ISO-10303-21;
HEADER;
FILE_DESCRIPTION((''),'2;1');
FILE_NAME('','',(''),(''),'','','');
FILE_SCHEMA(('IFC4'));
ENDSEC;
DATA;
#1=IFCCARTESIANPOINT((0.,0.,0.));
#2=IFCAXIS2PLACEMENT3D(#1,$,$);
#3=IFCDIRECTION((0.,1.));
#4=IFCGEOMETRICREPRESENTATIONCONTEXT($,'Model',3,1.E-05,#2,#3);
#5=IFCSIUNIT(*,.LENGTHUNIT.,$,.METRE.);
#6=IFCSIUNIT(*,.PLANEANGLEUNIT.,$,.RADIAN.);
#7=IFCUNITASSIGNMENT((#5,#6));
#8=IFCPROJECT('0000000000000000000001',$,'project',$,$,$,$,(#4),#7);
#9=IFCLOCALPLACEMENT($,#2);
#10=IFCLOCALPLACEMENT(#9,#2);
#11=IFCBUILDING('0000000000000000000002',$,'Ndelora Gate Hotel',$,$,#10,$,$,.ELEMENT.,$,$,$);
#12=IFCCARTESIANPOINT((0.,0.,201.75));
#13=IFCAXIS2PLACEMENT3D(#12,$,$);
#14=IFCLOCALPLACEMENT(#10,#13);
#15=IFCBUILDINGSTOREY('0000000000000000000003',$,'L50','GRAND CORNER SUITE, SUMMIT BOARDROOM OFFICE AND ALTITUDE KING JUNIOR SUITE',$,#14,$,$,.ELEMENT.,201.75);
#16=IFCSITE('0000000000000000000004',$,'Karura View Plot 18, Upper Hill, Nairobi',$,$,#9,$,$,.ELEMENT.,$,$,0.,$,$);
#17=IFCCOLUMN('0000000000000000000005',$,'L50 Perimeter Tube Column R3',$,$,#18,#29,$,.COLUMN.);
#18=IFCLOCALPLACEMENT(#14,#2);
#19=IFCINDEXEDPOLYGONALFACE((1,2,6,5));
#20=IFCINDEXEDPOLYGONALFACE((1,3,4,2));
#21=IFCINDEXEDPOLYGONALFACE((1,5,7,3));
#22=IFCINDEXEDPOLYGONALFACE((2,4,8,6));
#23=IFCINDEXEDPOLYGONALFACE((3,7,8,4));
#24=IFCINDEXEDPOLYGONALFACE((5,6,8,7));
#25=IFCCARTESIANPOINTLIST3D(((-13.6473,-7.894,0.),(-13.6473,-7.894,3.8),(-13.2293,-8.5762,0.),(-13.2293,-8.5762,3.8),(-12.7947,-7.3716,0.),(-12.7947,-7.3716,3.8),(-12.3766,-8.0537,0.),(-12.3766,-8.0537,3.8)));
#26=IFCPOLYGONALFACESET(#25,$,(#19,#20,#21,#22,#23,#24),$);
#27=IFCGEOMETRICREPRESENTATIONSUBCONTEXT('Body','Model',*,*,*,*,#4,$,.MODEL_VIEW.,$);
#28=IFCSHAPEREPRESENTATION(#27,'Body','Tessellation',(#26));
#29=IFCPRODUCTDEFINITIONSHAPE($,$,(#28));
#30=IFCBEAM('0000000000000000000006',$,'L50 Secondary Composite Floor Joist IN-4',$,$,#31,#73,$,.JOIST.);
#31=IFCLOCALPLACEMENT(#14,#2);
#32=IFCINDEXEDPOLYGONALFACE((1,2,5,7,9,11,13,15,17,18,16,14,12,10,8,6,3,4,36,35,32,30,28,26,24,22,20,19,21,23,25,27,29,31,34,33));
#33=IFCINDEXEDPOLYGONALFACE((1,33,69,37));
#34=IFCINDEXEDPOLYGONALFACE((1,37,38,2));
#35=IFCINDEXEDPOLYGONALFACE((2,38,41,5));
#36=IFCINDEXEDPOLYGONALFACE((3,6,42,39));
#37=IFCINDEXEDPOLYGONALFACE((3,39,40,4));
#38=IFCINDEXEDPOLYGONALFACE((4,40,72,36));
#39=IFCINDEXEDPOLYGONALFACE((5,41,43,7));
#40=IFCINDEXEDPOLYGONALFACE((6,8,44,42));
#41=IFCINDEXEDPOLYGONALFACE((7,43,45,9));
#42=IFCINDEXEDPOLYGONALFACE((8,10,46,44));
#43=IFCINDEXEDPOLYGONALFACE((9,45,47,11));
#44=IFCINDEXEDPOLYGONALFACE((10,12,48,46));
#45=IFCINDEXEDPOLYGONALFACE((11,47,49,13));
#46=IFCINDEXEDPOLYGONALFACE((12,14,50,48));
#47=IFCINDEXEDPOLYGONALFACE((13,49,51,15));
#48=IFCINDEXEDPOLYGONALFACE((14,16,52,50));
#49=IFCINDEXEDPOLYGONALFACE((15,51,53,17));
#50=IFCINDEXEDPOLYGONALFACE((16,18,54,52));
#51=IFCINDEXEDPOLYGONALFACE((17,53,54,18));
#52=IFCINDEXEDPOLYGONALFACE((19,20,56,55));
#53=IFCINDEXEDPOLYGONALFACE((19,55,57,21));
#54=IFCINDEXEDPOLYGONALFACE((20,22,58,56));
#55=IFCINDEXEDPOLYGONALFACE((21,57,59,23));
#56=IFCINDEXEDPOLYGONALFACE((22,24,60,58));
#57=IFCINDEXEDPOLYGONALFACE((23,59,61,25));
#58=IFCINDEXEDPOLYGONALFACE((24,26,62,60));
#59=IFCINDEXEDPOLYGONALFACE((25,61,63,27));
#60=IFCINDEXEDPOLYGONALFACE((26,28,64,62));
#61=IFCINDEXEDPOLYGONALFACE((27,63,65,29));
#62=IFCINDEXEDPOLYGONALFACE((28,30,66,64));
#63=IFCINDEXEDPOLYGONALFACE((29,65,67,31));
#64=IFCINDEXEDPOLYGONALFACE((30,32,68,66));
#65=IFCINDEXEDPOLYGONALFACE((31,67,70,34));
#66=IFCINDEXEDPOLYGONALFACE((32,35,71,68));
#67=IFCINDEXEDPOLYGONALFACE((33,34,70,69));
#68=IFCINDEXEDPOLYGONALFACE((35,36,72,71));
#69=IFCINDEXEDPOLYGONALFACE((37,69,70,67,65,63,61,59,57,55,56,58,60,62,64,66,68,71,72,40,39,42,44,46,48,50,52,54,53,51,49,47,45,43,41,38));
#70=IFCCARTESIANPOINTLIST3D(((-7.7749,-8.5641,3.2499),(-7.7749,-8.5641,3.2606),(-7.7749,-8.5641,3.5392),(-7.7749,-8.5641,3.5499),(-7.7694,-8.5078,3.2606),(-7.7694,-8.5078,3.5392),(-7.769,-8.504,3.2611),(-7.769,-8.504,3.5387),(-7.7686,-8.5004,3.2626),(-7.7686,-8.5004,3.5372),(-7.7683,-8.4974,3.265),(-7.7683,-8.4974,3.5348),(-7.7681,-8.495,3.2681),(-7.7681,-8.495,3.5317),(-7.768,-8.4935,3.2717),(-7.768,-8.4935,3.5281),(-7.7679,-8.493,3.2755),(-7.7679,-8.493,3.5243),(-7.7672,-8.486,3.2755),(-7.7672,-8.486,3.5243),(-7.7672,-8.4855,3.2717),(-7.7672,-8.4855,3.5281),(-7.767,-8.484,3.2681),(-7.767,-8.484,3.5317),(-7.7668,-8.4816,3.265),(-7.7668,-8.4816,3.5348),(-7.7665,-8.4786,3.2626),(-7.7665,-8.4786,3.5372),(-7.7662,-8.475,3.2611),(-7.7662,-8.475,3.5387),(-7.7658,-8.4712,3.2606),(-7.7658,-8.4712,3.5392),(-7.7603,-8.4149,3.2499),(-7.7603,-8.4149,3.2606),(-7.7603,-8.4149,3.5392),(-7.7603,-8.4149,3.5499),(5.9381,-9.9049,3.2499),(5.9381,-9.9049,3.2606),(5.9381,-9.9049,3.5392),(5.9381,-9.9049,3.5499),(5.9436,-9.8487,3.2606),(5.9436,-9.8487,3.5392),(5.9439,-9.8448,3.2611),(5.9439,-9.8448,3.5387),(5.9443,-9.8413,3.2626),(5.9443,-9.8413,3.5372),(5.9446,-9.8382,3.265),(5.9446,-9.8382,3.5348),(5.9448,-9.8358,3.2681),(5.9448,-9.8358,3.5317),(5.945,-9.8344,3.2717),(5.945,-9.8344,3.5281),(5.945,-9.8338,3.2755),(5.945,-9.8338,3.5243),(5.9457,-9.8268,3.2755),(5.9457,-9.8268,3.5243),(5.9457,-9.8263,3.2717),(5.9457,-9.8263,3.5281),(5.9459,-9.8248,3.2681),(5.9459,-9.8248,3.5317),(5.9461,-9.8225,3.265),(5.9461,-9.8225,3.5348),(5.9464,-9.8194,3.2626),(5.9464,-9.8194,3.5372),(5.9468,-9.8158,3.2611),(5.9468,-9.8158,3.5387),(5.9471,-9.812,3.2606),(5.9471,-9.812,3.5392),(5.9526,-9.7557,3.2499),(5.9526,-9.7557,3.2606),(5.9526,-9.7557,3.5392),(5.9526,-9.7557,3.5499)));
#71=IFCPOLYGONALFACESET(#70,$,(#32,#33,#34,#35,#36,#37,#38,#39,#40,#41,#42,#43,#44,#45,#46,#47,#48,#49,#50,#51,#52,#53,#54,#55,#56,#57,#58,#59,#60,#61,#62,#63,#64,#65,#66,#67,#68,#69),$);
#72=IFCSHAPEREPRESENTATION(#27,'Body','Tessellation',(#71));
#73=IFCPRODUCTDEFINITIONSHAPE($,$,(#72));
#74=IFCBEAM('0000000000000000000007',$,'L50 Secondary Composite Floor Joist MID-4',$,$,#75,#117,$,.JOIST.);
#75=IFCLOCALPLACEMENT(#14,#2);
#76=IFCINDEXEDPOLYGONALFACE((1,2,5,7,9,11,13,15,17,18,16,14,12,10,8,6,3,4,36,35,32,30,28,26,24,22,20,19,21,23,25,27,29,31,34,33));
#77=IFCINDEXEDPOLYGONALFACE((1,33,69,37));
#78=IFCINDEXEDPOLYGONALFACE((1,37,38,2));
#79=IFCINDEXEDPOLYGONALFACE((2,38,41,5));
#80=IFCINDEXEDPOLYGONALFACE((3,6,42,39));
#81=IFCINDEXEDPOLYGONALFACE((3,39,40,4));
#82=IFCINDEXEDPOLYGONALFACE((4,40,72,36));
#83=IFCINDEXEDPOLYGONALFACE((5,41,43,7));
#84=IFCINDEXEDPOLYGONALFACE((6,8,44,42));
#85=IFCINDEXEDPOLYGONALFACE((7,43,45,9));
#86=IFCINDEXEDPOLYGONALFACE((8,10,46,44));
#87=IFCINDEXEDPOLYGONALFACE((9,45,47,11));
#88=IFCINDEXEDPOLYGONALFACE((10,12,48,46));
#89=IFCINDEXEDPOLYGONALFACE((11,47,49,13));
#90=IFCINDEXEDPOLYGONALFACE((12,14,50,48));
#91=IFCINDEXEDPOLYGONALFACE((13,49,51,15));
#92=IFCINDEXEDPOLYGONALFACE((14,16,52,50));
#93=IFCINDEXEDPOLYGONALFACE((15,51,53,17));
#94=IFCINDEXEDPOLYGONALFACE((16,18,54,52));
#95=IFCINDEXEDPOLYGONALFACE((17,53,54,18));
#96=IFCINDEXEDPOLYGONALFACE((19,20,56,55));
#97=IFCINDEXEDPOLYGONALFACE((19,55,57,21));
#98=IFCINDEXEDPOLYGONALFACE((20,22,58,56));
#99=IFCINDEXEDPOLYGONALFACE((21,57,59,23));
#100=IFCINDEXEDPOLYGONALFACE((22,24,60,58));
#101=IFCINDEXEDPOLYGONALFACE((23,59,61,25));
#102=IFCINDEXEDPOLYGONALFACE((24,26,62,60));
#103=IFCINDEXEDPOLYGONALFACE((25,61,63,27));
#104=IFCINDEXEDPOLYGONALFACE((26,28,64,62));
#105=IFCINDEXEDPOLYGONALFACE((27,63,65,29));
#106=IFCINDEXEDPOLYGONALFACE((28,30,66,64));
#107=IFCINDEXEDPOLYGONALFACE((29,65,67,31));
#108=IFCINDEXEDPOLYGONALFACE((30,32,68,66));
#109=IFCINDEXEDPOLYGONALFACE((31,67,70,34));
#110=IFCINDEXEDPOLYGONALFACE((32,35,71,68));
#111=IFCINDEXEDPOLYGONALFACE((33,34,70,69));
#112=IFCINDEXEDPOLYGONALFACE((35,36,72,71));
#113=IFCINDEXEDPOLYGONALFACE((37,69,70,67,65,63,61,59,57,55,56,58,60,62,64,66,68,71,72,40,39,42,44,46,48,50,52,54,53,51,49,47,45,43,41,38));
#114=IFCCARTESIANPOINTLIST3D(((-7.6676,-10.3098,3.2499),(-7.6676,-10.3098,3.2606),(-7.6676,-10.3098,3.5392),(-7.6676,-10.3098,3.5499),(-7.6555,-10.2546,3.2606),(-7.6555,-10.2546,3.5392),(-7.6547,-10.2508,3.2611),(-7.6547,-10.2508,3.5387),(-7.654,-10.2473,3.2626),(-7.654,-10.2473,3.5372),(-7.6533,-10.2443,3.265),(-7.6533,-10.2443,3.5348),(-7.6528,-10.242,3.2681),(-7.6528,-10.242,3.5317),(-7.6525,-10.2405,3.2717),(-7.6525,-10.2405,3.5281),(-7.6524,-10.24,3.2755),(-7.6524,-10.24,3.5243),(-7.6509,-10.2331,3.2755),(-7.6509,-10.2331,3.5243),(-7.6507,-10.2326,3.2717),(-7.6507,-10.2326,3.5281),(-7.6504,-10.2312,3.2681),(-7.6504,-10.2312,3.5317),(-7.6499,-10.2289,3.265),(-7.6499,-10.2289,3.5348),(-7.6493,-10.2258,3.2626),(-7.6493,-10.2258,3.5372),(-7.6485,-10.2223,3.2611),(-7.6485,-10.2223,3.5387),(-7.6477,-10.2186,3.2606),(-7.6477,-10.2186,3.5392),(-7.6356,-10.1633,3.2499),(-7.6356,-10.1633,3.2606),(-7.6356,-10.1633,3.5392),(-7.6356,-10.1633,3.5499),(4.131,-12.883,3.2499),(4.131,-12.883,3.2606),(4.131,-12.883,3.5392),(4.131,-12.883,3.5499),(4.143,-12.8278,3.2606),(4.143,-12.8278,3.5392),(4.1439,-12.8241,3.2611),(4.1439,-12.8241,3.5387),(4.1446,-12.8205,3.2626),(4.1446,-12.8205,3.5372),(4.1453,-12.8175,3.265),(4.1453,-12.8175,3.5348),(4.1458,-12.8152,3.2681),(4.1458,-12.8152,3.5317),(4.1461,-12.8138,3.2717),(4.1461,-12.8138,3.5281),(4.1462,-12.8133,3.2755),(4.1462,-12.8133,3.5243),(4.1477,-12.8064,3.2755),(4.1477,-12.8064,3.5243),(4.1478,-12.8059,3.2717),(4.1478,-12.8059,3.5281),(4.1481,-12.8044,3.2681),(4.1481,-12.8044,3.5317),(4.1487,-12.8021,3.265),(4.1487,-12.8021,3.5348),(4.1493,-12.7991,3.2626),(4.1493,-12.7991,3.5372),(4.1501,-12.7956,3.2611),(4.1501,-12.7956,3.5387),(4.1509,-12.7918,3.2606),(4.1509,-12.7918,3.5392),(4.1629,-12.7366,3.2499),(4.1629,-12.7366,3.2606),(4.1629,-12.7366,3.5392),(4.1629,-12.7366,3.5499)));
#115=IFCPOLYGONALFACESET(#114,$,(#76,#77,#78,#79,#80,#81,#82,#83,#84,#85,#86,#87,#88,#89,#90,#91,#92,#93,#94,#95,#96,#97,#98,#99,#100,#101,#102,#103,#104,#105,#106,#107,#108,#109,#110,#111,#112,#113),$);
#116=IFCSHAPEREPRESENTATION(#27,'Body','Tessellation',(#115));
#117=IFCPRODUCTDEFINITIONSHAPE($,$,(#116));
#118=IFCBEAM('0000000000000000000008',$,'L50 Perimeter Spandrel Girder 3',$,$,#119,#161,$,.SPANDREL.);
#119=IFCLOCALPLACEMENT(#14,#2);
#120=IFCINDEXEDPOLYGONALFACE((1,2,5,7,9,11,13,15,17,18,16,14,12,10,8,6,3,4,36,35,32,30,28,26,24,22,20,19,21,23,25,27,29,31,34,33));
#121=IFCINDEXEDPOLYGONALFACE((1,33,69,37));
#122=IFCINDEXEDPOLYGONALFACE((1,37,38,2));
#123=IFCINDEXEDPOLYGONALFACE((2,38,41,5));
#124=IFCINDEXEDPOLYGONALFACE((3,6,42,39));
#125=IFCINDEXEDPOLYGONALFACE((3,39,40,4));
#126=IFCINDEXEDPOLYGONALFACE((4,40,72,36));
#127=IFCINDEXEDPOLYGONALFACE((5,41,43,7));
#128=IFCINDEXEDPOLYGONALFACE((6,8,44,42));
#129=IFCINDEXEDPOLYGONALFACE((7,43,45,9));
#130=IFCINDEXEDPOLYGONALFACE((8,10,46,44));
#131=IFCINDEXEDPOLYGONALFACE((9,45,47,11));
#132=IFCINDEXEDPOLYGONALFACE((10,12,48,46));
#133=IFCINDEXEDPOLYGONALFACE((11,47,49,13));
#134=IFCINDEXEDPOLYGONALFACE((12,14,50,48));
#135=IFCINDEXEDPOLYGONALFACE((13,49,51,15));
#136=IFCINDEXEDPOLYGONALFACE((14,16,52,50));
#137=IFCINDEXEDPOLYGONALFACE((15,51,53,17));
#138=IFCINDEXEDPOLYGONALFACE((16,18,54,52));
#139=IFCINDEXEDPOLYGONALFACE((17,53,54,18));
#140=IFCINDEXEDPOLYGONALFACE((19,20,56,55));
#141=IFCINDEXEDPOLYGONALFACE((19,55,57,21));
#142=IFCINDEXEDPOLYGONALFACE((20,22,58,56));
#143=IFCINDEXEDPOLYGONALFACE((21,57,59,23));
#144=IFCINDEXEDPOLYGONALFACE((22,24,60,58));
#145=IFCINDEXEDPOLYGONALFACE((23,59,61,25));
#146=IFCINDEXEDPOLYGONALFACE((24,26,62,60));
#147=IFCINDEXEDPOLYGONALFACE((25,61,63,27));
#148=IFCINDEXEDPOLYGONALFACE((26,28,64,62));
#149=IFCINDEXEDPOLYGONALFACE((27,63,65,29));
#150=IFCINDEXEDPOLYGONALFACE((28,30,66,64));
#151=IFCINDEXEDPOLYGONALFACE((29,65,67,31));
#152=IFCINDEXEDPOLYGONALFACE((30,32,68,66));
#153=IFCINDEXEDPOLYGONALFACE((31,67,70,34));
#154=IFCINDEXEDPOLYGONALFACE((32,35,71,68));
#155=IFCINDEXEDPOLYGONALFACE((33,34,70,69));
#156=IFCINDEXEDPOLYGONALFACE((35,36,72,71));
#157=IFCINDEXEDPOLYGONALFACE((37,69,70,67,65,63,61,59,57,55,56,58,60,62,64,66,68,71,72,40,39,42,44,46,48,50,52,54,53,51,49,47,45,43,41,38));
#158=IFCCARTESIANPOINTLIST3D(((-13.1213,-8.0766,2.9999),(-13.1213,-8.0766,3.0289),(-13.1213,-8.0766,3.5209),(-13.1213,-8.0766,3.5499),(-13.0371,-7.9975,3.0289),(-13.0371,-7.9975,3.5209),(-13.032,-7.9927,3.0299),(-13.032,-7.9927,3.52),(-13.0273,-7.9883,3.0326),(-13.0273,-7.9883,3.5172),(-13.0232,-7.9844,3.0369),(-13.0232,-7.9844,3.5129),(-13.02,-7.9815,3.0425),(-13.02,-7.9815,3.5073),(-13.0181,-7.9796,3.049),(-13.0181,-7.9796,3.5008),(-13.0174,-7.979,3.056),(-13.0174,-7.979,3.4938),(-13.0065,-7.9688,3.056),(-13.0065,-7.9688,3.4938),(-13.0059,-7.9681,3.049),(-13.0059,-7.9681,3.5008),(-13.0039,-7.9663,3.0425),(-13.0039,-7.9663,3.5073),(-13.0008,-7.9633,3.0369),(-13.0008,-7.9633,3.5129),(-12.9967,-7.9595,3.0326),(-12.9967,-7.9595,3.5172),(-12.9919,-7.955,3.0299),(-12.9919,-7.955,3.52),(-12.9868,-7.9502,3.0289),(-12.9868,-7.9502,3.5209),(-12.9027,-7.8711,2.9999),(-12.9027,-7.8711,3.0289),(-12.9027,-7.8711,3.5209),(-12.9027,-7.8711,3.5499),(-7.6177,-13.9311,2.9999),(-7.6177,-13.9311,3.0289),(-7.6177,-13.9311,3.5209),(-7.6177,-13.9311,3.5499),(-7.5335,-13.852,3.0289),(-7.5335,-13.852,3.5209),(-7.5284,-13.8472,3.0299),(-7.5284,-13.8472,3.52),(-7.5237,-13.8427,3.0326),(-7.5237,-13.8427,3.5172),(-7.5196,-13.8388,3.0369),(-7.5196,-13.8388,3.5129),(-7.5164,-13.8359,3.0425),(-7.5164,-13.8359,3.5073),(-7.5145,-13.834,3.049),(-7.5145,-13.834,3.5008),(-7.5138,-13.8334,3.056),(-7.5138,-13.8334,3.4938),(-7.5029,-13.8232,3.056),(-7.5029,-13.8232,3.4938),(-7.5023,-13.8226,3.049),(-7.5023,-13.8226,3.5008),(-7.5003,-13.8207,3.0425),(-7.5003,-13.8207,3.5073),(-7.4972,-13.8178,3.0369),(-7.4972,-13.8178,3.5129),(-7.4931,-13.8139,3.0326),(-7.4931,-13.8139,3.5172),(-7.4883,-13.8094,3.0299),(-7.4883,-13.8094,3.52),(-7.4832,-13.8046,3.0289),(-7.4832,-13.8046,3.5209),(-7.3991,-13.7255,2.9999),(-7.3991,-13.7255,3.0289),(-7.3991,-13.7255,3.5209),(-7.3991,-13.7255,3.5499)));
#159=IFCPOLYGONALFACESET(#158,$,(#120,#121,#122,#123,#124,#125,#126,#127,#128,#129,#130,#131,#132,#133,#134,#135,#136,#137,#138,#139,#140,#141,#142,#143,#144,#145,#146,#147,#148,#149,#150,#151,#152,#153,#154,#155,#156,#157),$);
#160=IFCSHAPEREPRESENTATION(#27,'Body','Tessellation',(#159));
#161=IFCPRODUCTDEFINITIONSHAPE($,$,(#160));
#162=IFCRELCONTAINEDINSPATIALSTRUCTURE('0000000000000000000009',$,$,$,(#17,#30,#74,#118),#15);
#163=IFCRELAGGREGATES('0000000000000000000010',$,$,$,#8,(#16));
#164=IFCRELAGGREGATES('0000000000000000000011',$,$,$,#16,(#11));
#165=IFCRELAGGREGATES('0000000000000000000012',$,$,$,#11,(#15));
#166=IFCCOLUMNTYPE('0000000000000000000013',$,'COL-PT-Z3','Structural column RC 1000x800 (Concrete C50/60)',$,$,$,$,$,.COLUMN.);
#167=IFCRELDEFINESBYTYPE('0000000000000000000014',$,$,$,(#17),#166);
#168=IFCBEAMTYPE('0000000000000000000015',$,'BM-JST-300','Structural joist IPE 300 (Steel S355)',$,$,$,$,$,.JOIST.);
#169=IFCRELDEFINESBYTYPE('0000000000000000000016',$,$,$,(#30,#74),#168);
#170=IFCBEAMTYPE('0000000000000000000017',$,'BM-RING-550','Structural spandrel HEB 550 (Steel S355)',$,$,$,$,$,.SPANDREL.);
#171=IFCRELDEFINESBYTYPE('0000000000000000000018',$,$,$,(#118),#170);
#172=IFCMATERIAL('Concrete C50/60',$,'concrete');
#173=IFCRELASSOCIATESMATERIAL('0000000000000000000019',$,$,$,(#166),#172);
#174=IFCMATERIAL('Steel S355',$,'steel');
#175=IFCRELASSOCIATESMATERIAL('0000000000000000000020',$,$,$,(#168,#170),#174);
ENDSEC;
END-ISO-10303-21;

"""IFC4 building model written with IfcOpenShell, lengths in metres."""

from ifc_helpers import new_model, si_unit, direction, frame, origin, origin_2d, place, context, subcontext, project, spatial, rectangle, i_section, extrude, material, material_profile, profile_set, type_object, element, save


model = new_model("IFC4")

# Units and contexts
model_context = context("Model", 3, precision=1e-05, world=origin(), true_north=direction((0.0, 1.0)))
body_context = subcontext(model_context, "Body", "Model", "MODEL_VIEW")
ifc_project = project(units=[si_unit("LENGTHUNIT", "METRE"), si_unit("PLANEANGLEUNIT", "RADIAN")], contexts=[model_context])

# Site, building, storey
site_placement = place(None, origin())
site = spatial("IfcSite", under=ifc_project, at=site_placement, Name="Karura View Plot 18, Upper Hill, Nairobi", CompositionType="ELEMENT", RefElevation=0.0)
building_placement = place(site_placement, origin())
building = spatial("IfcBuilding", under=site, at=building_placement, Name="Ndelora Gate Hotel", CompositionType="ELEMENT")
storey_placement = place(building_placement, frame((0.0, 0.0, 201.75)))
storey = spatial("IfcBuildingStorey", under=building, at=storey_placement, Name="L50", Description="GRAND CORNER SUITE, SUMMIT BOARDROOM OFFICE AND ALTITUDE KING JUNIOR SUITE", CompositionType="ELEMENT", Elevation=201.75)

# Column
ifc_material_1 = material(Name="Concrete C50/60", Category="concrete")
ifc_material_profile_1 = material_profile(ifc_material_1, rectangle(XDim=0.8, YDim=1.0, at=origin_2d()), Name="RC 1000x800")
ifc_profile_set_1 = profile_set([ifc_material_profile_1], Name="Concrete C50/60")
column_type = type_object("IfcColumnType", Name="COL-PT-Z3", Description="Structural column RC 1000x800 (Concrete C50/60)", PredefinedType="COLUMN", material=ifc_profile_set_1)
column_placement = place(storey_placement, frame((-13.012, -7.9739, 0.0), z_axis=(0.0, 0.0, 1.0), x_axis=(-0.522499, 0.85264, 0.0)))
element("IfcColumn", 1, at=column_placement, inside=storey, type_object=column_type, Name="L50 Perimeter Tube Column R3", PredefinedType="COLUMN", context=body_context, shape_type="SweptSolid", body=[
    extrude(rectangle(XDim=0.8, YDim=1.0, at=origin_2d()), origin(), (0.0, 0.0, 1.0), 3.8),
])

# Beams
ifc_material_2 = material(Name="Steel S355", Category="steel")
ifc_material_profile_2 = material_profile(ifc_material_2, i_section(OverallWidth=0.1499, OverallDepth=0.3, WebThickness=0.0071, FlangeThickness=0.0107, FilletRadius=0.0149, at=origin_2d()), Name="IPE 300")
ifc_profile_set_2 = profile_set([ifc_material_profile_2], Name="Steel S355")
beam_type_1 = type_object("IfcBeamType", Name="BM-JST-300", Description="Structural joist IPE 300 (Steel S355)", PredefinedType="JOIST", material=ifc_profile_set_2)
beam_1_placement = place(storey_placement, frame((-7.7676, -8.4895, 3.3999), z_axis=(0.995254, -0.097314, 0.0), x_axis=(0.097314, 0.995254, 0.0)))
element("IfcBeam", 2, at=beam_1_placement, inside=storey, type_object=beam_type_1, Name="L50 Secondary Composite Floor Joist IN-4", PredefinedType="JOIST", context=body_context, shape_type="SweptSolid", body=[
    extrude(i_section(OverallWidth=0.1499, OverallDepth=0.3, WebThickness=0.0071, FlangeThickness=0.0107, FilletRadius=0.0149, at=origin_2d()), origin(), (0.0, 0.0, 1.0), 13.7783),
])
beam_2_placement = place(storey_placement, frame((-7.6516, -10.2366, 3.3999), z_axis=(0.977033, -0.213088, 0.0), x_axis=(0.213088, 0.977033, 0.0)))
element("IfcBeam", 3, at=beam_2_placement, inside=storey, type_object=beam_type_1, Name="L50 Secondary Composite Floor Joist MID-4", PredefinedType="JOIST", context=body_context, shape_type="SweptSolid", body=[
    extrude(i_section(OverallWidth=0.1499, OverallDepth=0.3, WebThickness=0.0071, FlangeThickness=0.0107, FilletRadius=0.0149, at=origin_2d()), origin(), (0.0, 0.0, 1.0), 12.0759),
])
ifc_material_profile_3 = material_profile(ifc_material_2, i_section(OverallWidth=0.3, OverallDepth=0.55, WebThickness=0.0149, FlangeThickness=0.0291, FilletRadius=0.0271, at=origin_2d()), Name="HEB 550")
ifc_profile_set_3 = profile_set([ifc_material_profile_3], Name="Steel S355")
beam_type_2 = type_object("IfcBeamType", Name="BM-RING-550", Description="Structural spandrel HEB 550 (Steel S355)", PredefinedType="SPANDREL", material=ifc_profile_set_3)
beam_3_placement = place(storey_placement, frame((-13.012, -7.9739, 3.2749), z_axis=(0.684939, -0.7286, 0.0), x_axis=(0.7286, 0.684939, 0.0)))
element("IfcBeam", 4, at=beam_3_placement, inside=storey, type_object=beam_type_2, Name="L50 Perimeter Spandrel Girder 3", PredefinedType="SPANDREL", context=body_context, shape_type="SweptSolid", body=[
    extrude(i_section(OverallWidth=0.3, OverallDepth=0.55, WebThickness=0.0149, FlangeThickness=0.0291, FilletRadius=0.0271, at=origin_2d()), origin(), (0.0, 0.0, 1.0), 8.0352),
])

save(model, "model.ifc")
